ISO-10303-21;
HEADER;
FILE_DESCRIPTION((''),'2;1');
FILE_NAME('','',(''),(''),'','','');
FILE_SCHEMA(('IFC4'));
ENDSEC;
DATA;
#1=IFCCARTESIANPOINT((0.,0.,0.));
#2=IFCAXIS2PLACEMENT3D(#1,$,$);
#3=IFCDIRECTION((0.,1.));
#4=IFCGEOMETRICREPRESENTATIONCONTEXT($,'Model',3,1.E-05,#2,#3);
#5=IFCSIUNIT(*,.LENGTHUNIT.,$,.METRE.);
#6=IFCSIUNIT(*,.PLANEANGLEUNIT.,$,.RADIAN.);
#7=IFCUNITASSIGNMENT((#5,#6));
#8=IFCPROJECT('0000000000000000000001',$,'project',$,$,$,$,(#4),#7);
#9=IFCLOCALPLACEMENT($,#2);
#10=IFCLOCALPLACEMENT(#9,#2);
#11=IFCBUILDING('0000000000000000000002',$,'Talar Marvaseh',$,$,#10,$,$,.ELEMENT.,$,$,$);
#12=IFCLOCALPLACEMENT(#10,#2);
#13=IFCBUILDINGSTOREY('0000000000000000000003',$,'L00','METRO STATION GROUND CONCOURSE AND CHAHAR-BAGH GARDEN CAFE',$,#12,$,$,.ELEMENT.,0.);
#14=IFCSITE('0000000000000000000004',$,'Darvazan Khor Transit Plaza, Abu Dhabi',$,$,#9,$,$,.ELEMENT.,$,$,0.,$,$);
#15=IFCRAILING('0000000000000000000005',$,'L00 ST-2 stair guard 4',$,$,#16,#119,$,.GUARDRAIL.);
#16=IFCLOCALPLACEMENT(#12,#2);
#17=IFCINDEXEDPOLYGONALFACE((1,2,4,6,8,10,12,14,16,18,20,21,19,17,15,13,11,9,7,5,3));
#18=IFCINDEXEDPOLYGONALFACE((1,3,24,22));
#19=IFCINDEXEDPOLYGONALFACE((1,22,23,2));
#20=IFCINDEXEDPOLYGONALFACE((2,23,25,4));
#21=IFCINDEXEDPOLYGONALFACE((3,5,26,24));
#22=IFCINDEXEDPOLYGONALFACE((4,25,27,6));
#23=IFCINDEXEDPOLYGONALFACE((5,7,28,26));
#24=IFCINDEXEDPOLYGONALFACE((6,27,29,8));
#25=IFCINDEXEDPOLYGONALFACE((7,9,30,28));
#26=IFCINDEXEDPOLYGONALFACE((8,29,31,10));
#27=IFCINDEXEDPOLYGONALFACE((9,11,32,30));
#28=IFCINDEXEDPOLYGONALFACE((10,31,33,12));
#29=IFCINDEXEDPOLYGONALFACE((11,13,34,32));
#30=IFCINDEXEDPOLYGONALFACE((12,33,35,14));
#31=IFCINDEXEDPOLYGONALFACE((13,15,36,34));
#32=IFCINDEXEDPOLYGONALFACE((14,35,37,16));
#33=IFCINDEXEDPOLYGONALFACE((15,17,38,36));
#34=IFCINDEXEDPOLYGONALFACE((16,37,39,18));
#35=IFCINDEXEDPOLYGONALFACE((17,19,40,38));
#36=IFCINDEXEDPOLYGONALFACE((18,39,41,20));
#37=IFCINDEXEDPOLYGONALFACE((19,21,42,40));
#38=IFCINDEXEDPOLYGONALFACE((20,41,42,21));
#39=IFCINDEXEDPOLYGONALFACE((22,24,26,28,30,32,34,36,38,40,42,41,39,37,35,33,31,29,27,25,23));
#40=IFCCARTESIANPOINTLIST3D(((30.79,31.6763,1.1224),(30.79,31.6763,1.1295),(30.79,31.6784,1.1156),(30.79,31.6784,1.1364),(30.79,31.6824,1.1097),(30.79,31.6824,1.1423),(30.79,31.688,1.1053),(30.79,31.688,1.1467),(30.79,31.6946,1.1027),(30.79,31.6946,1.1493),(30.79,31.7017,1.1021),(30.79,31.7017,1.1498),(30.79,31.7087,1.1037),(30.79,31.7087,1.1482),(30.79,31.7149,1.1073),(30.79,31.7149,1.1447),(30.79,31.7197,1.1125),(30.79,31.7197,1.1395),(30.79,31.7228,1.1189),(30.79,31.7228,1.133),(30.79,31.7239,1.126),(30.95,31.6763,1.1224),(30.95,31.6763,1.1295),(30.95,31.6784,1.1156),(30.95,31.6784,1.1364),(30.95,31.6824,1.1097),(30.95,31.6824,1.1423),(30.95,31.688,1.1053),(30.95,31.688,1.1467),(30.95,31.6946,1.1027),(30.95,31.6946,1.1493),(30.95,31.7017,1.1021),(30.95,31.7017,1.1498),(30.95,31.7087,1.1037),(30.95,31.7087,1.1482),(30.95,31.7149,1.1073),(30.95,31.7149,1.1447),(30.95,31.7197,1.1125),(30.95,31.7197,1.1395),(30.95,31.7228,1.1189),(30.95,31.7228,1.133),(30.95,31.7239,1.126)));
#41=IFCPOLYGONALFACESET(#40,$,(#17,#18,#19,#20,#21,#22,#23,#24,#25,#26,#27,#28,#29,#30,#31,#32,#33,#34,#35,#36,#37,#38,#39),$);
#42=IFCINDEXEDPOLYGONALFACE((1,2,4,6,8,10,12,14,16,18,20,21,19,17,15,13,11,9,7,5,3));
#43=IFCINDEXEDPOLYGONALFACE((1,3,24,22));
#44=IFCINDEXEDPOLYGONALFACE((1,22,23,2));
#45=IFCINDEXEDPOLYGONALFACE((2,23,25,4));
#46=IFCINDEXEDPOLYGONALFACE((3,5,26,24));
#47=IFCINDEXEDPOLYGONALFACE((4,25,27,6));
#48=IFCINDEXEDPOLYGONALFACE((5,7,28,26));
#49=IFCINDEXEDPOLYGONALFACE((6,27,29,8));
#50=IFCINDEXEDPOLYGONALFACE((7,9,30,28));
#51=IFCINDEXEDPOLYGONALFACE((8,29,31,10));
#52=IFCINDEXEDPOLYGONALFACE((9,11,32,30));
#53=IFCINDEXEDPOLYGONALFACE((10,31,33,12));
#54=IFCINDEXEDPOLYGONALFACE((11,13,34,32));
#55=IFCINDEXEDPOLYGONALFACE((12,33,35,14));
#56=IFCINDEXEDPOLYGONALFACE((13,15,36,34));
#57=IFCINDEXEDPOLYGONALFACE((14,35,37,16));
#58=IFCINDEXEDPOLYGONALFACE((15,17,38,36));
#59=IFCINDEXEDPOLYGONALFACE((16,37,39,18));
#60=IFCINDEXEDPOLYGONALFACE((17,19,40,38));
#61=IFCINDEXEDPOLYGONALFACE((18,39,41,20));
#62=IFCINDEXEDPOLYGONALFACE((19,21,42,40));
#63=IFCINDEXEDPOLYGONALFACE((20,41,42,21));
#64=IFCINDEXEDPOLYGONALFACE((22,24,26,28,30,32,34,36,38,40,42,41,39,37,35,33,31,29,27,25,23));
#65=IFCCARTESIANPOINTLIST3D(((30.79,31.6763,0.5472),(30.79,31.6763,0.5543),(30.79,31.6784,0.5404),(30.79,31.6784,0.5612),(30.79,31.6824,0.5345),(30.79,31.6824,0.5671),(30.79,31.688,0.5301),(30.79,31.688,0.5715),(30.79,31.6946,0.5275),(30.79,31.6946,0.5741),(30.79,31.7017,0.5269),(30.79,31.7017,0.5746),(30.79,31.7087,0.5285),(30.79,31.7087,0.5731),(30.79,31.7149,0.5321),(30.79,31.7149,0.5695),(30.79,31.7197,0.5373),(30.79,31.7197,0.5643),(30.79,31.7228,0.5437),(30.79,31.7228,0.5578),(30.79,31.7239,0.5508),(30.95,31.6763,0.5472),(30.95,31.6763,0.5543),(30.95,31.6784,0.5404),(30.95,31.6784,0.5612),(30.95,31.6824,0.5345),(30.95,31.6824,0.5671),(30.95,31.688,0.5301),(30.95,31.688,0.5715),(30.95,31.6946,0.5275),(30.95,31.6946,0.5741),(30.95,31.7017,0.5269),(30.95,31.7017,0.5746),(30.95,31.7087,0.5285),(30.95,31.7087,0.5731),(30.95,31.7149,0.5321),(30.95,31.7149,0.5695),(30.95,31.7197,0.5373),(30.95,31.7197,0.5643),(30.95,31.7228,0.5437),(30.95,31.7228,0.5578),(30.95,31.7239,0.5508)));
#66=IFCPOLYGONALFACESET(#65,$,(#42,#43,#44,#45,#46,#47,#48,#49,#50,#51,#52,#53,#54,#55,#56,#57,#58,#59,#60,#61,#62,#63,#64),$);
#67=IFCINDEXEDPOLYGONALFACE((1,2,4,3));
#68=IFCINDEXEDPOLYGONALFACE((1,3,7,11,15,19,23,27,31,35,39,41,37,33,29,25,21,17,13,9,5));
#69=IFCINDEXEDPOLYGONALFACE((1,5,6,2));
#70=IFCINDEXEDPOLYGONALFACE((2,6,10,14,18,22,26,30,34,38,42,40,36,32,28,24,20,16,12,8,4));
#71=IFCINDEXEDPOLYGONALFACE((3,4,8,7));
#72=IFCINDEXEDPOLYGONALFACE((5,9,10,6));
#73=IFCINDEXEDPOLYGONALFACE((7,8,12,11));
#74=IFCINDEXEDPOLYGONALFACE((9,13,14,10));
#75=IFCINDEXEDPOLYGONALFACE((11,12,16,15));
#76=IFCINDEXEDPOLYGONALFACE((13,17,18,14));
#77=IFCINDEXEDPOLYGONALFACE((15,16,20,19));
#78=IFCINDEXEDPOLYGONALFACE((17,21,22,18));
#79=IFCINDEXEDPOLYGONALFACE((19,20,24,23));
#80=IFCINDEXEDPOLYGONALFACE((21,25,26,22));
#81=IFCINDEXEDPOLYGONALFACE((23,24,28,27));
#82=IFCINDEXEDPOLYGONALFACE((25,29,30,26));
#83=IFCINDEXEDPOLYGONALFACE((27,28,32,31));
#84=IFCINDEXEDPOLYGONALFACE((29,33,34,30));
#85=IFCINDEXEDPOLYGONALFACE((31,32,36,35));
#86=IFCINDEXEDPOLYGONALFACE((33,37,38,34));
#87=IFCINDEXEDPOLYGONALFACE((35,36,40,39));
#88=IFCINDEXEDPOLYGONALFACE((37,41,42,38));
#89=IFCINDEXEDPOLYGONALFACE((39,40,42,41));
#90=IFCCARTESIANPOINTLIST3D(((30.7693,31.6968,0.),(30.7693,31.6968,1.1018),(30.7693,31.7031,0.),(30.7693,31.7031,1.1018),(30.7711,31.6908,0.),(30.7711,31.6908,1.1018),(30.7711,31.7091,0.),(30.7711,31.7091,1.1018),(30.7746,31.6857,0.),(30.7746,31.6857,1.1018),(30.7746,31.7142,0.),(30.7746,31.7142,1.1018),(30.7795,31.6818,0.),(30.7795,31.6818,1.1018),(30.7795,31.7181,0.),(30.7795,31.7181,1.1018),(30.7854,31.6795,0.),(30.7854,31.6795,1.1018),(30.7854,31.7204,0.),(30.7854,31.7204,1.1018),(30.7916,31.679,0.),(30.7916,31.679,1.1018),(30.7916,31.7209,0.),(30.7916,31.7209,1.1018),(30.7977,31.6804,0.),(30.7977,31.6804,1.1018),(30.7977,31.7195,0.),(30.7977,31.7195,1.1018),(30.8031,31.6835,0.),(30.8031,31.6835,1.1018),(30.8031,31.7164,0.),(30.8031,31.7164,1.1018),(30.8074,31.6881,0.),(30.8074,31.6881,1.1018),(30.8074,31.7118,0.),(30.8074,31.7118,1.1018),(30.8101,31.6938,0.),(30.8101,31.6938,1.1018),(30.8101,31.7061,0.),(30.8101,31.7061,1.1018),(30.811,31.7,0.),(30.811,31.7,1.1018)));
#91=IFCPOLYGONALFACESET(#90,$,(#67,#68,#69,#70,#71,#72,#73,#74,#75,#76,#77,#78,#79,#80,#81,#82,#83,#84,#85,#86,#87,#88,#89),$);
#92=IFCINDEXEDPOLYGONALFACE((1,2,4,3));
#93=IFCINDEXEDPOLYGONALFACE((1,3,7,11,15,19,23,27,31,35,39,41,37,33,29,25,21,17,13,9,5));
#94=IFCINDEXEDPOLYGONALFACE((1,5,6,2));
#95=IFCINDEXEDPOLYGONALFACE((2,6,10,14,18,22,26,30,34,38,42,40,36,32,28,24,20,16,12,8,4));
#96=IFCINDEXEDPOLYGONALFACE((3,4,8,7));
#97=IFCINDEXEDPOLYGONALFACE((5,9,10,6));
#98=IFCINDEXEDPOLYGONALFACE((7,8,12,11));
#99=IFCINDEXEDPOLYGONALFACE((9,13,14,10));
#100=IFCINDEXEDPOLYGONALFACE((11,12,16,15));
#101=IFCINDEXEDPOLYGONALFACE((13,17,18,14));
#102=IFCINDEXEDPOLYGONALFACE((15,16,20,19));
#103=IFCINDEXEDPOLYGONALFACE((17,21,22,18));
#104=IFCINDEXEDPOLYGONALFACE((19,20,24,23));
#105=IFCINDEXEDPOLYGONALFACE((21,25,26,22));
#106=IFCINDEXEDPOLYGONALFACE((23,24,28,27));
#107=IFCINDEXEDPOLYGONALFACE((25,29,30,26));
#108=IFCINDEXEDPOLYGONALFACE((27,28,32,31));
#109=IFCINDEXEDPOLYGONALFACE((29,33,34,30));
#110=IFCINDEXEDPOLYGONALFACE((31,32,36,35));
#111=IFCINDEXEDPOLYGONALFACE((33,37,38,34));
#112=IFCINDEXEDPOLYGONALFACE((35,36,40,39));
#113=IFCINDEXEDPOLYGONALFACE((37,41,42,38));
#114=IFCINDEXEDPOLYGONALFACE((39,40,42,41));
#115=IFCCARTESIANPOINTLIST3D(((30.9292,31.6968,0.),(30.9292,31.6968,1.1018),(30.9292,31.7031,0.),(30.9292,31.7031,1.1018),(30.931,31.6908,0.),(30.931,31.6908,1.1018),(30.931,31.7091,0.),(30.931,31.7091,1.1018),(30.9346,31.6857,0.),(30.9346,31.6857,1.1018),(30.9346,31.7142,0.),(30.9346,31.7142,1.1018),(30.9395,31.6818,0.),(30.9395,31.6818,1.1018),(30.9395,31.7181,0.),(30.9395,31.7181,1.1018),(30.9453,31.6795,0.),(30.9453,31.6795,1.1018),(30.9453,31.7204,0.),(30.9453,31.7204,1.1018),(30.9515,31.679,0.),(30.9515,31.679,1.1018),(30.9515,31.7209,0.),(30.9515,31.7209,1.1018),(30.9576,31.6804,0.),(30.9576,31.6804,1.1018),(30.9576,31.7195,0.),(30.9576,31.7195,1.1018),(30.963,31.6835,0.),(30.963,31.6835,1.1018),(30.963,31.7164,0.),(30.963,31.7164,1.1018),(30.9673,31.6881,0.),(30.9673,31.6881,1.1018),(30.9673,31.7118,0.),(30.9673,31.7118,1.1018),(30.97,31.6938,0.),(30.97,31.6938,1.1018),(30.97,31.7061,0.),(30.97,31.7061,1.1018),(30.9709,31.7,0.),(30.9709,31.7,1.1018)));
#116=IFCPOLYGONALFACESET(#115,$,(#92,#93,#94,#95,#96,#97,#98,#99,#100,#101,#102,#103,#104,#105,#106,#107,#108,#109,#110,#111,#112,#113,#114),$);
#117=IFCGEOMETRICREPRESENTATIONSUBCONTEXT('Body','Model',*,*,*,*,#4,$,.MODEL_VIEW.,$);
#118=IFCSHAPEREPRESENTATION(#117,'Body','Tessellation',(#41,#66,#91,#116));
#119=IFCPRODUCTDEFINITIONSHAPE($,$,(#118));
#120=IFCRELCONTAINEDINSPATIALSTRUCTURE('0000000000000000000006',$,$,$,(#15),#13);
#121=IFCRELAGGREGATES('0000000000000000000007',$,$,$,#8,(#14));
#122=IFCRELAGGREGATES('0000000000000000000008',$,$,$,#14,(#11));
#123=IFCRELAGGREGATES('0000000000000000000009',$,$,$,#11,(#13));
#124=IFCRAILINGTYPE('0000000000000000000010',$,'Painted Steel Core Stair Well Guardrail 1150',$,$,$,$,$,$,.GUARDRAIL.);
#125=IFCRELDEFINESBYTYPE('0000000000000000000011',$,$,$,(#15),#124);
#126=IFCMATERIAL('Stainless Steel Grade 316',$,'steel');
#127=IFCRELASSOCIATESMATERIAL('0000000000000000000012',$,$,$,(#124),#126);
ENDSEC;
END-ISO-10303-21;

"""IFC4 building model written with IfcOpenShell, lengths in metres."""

from ifc_helpers import new_model, si_unit, direction, frame, origin, origin_2d, place, context, subcontext, project, spatial, circle, extrude, material, type_object, element, save


model = new_model("IFC4")

# Units and contexts
model_context = context("Model", 3, precision=1e-05, world=origin(), true_north=direction((0.0, 1.0)))
body_context = subcontext(model_context, "Body", "Model", "MODEL_VIEW")
ifc_project = project(units=[si_unit("LENGTHUNIT", "METRE"), si_unit("PLANEANGLEUNIT", "RADIAN")], contexts=[model_context])

# Site, building, storey
site_placement = place(None, origin())
site = spatial("IfcSite", under=ifc_project, at=site_placement, Name="Darvazan Khor Transit Plaza, Abu Dhabi", CompositionType="ELEMENT", RefElevation=0.0)
building_placement = place(site_placement, origin())
building = spatial("IfcBuilding", under=site, at=building_placement, Name="Talar Marvaseh", CompositionType="ELEMENT")
storey_placement = place(building_placement, origin())
storey = spatial("IfcBuildingStorey", under=building, at=storey_placement, Name="L00", Description="METRO STATION GROUND CONCOURSE AND CHAHAR-BAGH GARDEN CAFE", CompositionType="ELEMENT", Elevation=0.0)

# Shared definitions
ifc_material_1 = material(Name="Stainless Steel Grade 316", Category="steel")

# Railing
railing_type_1 = type_object("IfcRailingType", Name="Painted Steel Core Stair Well Guardrail 1150", PredefinedType="GUARDRAIL", material=ifc_material_1)
railing_1_placement = place(storey_placement, frame((30.79, 31.7, 0.0)))
element("IfcRailing", 1, at=railing_1_placement, inside=storey, type_object=railing_type_1, Name="L00 ST-2 stair guard 4", PredefinedType="GUARDRAIL", context=body_context, shape_type="SweptSolid", body=[
    extrude(circle(Radius=0.0239, at=origin_2d()), frame((0.0, 0.0, 1.126), z_axis=(1.0, 0.0, 0.0), x_axis=(0.0, 1.0, 0.0)), (0.0, 0.0, 1.0), 0.1599),
    extrude(circle(Radius=0.0239, at=origin_2d()), frame((0.0, 0.0, 0.5508), z_axis=(1.0, 0.0, 0.0), x_axis=(0.0, 1.0, 0.0)), (0.0, 0.0, 1.0), 0.1599),
    extrude(circle(Radius=0.021, at=origin_2d()), origin(), (0.0, 0.0, 1.0), 1.1018),
    extrude(circle(Radius=0.021, at=origin_2d()), frame((0.1599, 0.0, 0.0)), (0.0, 0.0, 1.0), 1.1018),
])

save(model, "model.ifc")
